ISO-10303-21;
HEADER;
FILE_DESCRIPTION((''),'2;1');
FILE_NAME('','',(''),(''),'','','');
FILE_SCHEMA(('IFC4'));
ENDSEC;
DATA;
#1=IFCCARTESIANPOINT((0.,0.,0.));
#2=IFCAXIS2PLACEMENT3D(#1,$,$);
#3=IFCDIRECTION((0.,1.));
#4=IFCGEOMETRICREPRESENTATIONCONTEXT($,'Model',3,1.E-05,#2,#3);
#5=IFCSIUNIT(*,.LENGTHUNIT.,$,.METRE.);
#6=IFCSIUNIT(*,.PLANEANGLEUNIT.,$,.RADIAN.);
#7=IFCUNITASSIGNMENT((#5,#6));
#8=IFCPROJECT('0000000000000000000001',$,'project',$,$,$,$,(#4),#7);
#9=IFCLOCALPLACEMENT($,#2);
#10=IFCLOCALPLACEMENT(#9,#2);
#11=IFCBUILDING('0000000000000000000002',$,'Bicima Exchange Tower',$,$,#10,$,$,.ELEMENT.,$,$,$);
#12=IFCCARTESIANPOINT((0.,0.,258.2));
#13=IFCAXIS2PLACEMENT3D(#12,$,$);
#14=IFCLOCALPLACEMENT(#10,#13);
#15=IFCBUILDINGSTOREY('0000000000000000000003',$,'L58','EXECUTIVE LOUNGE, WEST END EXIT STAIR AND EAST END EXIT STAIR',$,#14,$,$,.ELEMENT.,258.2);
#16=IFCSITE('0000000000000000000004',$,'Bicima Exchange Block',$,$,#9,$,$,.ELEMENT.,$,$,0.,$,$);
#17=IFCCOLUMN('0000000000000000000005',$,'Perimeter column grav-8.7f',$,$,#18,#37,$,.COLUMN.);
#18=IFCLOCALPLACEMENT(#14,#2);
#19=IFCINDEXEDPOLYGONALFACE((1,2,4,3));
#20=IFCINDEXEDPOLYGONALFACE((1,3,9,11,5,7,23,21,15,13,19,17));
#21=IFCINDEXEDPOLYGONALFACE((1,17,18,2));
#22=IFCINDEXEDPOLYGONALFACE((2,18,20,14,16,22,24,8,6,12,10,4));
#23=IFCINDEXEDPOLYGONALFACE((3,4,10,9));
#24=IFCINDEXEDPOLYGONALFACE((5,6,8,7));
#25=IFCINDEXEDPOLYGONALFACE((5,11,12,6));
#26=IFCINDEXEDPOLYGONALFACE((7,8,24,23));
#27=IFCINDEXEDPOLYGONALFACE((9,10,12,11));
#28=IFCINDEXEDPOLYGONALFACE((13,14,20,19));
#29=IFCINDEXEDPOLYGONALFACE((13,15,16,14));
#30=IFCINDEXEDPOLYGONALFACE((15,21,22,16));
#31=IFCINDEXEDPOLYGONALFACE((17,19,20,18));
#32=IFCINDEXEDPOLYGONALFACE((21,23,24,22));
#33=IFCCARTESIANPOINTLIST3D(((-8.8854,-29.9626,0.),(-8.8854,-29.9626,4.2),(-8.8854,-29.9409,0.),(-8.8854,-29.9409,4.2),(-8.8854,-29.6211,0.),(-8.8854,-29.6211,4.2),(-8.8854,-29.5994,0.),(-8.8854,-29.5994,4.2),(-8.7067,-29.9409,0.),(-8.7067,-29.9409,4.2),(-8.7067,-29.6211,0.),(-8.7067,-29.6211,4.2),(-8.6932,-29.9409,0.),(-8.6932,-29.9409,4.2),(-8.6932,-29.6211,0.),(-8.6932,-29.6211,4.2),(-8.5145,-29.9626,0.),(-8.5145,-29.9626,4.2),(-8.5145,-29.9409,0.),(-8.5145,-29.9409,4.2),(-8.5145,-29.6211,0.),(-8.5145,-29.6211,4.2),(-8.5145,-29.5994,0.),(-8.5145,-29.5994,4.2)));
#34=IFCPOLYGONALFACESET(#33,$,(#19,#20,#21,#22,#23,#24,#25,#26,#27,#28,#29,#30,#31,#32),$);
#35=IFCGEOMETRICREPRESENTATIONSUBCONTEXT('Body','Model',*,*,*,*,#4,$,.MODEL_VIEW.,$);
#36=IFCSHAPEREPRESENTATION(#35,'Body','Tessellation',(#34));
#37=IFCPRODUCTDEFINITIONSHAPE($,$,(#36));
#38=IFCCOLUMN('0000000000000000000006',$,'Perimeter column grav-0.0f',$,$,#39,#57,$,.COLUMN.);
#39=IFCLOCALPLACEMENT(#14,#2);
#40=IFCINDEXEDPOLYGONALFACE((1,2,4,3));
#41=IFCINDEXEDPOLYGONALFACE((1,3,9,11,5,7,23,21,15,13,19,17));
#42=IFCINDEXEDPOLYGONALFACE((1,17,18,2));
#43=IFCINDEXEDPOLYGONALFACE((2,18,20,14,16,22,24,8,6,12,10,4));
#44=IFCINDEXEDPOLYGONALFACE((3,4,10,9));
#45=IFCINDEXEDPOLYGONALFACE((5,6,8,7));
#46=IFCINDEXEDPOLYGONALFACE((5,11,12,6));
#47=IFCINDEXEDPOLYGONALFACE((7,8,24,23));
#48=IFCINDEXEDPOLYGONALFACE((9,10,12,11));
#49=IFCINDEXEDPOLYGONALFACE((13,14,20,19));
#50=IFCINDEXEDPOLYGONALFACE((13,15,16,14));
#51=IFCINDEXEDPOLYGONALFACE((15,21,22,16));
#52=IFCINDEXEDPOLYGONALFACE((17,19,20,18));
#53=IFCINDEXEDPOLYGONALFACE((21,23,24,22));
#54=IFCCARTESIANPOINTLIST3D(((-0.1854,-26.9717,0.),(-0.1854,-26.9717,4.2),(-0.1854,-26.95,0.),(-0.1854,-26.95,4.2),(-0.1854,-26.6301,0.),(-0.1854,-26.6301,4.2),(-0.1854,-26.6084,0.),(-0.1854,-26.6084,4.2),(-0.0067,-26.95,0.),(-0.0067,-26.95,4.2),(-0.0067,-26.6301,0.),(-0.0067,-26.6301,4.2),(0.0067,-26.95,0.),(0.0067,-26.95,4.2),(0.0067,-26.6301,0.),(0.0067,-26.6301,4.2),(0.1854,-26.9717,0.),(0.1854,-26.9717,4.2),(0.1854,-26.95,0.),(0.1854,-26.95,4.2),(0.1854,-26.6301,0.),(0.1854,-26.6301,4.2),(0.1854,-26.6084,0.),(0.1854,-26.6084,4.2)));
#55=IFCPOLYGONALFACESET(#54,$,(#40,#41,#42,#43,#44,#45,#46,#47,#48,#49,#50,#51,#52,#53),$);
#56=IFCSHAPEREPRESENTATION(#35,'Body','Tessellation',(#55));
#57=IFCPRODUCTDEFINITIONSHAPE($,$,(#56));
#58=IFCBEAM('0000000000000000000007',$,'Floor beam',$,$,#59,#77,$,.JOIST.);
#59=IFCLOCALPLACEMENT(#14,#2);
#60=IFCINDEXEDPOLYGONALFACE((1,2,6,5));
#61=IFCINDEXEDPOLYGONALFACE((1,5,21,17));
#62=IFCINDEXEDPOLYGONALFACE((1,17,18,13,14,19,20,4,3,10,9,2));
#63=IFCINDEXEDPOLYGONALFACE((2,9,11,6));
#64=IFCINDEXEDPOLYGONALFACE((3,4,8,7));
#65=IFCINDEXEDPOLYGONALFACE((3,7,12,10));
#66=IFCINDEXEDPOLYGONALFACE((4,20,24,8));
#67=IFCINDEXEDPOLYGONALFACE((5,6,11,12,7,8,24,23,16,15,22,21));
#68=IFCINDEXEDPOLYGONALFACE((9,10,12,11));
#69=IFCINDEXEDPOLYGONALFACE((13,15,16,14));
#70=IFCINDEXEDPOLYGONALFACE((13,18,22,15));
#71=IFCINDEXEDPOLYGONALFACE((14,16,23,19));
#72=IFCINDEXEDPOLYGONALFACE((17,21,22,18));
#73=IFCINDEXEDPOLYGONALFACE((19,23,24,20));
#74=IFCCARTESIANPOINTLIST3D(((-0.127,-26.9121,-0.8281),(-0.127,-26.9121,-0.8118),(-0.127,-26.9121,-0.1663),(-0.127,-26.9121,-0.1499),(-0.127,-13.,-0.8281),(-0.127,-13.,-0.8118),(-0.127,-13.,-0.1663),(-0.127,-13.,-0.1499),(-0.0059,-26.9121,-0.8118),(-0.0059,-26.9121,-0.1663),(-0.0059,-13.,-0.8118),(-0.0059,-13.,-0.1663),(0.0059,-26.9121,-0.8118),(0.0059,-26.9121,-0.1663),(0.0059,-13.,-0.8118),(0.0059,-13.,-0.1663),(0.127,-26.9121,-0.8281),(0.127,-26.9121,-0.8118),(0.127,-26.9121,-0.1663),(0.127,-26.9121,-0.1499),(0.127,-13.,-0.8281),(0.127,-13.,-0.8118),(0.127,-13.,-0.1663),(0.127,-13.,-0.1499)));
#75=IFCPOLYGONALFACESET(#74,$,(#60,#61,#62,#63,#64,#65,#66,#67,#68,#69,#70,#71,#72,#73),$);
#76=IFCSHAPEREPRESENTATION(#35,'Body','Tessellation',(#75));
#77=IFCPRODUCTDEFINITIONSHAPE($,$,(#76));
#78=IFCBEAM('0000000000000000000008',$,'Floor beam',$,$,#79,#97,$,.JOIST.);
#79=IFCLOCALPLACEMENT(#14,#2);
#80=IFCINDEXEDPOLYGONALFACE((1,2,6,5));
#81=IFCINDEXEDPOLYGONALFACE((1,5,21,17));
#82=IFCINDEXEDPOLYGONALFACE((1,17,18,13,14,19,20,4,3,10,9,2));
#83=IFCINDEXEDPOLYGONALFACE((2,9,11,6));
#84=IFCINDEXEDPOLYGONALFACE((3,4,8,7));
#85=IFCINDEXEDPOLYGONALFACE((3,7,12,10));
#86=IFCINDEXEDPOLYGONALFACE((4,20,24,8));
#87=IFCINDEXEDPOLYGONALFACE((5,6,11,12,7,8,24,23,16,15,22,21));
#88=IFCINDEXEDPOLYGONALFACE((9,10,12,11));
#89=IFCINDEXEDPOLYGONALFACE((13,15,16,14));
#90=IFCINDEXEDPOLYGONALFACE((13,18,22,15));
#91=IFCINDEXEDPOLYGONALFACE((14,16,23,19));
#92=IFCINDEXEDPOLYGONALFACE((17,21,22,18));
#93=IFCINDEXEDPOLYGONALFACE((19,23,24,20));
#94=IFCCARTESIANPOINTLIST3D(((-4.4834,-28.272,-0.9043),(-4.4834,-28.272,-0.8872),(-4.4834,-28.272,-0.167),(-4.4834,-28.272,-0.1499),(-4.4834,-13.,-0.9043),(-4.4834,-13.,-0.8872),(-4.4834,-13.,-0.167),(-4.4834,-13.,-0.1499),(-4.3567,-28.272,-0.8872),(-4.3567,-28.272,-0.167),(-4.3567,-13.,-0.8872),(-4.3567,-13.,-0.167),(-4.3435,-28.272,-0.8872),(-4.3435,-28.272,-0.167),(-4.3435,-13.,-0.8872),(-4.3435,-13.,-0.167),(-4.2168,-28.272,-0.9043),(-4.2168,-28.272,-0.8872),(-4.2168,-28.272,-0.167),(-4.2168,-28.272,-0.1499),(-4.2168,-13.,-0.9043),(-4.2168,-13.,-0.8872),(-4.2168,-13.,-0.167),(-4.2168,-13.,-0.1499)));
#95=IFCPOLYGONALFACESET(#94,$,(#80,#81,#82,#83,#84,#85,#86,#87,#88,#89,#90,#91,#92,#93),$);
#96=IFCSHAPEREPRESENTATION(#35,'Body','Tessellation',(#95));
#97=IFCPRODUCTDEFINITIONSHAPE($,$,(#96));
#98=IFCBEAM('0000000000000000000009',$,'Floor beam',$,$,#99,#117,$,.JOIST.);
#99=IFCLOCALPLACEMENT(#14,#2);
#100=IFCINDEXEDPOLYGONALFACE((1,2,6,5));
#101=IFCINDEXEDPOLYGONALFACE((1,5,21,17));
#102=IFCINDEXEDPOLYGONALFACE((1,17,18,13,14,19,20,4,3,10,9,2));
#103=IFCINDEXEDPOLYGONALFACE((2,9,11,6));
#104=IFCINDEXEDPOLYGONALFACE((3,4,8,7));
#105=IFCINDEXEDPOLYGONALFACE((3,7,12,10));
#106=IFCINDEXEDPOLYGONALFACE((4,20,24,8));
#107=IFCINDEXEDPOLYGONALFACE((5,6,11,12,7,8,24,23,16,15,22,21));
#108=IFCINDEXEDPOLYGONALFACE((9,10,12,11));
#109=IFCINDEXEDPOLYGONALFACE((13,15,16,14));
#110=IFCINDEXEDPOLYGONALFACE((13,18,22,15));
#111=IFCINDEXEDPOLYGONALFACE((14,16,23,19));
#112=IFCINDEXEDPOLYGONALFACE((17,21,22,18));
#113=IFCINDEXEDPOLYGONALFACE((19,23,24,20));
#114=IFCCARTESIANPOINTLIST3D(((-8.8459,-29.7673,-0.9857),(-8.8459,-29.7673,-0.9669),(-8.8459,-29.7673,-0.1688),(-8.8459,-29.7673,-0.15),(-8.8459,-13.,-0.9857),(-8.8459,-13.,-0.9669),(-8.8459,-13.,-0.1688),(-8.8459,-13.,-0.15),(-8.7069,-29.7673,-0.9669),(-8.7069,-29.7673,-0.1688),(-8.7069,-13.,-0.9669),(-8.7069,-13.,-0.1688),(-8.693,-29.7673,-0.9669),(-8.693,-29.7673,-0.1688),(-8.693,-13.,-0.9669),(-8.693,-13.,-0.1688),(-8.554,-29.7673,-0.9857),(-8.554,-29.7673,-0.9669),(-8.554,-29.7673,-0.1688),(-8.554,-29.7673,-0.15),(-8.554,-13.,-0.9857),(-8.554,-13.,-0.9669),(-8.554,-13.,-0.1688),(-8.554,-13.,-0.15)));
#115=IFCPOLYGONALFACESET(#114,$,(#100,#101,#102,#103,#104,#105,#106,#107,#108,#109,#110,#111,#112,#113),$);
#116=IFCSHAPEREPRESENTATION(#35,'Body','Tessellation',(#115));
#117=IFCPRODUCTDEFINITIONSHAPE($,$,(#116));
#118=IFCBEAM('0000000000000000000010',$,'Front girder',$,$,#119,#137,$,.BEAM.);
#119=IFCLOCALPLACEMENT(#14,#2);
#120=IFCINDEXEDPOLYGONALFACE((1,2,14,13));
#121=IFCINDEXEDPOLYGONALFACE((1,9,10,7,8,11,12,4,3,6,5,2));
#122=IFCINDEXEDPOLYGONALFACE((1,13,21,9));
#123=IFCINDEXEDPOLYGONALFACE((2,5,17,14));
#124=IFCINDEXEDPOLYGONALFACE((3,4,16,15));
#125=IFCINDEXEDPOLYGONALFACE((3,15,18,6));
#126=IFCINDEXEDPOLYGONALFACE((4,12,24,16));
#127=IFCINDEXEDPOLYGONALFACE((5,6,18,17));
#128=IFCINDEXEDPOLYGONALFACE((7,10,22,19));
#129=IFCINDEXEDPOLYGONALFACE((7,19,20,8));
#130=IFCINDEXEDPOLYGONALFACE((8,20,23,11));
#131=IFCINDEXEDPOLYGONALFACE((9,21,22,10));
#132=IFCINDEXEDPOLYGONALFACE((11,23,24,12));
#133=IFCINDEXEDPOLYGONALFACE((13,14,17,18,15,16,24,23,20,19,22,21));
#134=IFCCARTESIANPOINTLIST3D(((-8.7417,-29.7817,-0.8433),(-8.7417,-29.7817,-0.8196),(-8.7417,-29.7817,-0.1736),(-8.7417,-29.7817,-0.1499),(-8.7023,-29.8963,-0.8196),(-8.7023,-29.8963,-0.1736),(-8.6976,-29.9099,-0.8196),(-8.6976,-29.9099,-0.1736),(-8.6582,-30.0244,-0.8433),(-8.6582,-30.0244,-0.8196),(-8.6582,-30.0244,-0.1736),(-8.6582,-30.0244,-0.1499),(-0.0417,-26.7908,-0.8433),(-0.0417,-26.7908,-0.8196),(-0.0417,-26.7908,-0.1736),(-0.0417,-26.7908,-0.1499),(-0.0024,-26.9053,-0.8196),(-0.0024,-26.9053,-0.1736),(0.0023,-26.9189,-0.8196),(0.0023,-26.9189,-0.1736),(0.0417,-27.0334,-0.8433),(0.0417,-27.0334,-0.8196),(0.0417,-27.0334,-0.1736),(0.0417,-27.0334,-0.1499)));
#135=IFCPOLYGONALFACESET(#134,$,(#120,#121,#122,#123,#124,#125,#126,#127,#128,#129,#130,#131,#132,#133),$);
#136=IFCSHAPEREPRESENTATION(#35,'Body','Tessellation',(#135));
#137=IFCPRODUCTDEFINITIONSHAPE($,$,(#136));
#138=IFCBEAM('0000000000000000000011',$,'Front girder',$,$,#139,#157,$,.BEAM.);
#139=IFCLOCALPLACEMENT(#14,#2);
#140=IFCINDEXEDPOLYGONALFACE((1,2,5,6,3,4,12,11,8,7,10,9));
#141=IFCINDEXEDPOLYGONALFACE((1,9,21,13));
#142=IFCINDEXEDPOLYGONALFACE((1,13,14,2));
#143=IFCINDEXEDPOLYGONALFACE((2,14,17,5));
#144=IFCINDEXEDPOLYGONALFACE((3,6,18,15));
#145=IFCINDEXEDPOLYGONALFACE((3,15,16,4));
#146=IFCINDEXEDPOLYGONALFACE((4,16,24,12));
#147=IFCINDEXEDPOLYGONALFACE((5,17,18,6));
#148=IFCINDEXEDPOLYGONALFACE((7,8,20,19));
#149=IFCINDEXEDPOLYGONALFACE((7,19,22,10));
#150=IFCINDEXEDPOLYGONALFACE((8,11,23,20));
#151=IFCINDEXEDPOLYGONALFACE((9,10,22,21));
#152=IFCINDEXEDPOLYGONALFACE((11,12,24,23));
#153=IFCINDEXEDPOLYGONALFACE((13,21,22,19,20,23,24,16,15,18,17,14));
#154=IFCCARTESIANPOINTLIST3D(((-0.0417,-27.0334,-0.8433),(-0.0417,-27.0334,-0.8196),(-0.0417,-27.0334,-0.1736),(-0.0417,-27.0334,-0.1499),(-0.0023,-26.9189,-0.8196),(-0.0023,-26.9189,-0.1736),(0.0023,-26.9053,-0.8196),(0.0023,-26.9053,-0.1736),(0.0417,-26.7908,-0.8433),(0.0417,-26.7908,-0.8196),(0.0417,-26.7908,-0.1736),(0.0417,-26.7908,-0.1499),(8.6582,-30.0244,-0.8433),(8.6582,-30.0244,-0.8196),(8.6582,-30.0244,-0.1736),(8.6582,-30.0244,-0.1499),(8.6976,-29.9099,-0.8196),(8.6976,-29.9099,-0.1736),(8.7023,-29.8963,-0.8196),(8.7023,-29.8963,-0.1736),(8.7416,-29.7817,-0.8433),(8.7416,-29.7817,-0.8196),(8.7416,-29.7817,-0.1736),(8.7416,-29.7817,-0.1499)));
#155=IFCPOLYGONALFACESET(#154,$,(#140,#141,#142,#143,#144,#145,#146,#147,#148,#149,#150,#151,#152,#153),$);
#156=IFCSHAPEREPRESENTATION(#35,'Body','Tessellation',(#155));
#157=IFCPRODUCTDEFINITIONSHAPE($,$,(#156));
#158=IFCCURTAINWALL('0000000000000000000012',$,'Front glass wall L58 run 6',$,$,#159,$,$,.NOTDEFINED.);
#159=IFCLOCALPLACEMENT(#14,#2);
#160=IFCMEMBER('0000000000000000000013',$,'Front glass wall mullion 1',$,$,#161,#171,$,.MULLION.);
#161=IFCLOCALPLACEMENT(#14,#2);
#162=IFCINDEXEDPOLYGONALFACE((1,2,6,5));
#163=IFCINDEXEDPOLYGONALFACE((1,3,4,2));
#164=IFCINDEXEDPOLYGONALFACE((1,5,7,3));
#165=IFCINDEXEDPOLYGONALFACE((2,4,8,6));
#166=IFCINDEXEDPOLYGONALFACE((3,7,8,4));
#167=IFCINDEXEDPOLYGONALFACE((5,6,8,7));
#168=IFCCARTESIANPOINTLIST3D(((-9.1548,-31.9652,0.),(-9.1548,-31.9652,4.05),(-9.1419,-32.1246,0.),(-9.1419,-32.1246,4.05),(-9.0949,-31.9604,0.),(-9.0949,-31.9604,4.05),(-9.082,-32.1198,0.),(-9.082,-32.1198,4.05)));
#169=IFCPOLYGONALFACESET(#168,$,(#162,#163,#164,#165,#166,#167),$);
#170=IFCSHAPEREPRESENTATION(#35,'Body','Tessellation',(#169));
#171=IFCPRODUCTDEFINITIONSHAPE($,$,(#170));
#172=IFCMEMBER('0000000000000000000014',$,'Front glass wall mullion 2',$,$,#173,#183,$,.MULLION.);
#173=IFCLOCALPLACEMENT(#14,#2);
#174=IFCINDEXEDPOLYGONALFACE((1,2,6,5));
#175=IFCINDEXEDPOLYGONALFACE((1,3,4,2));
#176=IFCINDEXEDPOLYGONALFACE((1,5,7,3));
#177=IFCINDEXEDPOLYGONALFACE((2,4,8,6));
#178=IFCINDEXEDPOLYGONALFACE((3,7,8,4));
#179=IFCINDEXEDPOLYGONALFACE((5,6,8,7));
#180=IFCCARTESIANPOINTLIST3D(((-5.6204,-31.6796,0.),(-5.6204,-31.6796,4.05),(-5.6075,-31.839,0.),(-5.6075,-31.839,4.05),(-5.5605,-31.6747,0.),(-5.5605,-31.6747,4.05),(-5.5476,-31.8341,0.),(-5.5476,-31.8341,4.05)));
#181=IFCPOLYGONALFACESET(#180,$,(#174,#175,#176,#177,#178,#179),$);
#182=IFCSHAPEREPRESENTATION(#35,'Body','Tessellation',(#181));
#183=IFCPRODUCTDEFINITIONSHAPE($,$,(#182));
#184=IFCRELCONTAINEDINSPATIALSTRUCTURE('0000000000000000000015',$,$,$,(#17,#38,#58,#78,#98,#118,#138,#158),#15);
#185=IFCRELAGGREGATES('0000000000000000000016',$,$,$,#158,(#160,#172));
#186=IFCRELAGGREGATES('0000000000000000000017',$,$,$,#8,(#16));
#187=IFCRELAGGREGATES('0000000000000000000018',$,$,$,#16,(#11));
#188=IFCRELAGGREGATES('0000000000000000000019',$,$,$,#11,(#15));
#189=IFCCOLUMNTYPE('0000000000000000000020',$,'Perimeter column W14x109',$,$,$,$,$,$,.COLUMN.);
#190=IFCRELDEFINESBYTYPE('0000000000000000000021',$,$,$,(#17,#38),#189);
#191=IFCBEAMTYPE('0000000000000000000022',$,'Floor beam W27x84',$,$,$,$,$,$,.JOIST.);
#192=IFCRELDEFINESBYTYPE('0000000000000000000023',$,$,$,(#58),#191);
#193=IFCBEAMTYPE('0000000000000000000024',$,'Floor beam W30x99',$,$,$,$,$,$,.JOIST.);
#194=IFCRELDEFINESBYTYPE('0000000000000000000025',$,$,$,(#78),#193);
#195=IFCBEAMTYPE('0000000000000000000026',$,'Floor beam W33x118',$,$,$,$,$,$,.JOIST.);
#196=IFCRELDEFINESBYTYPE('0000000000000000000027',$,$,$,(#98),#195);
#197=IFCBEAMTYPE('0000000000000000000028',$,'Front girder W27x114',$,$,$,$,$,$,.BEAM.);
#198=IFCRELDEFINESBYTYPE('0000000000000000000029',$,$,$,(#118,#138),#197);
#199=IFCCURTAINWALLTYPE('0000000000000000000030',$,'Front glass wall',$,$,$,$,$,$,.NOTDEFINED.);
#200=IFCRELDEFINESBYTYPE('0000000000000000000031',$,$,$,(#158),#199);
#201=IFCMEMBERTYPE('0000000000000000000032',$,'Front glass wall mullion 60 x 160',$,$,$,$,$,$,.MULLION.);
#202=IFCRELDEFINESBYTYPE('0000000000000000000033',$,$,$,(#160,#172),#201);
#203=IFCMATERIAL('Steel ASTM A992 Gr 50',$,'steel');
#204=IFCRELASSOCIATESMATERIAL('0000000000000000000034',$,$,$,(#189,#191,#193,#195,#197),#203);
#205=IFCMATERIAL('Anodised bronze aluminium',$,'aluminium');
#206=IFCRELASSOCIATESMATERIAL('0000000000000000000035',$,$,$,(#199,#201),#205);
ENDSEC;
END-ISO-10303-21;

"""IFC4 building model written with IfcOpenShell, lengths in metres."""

from ifc_helpers import new_model, si_unit, direction, frame, origin, origin_2d, place, context, subcontext, project, spatial, rectangle, i_section, extrude, material, material_profile, profile_set, type_object, element, aggregate, save


model = new_model("IFC4")

# Units and contexts
model_context = context("Model", 3, precision=1e-05, world=origin(), true_north=direction((0.0, 1.0)))
body_context = subcontext(model_context, "Body", "Model", "MODEL_VIEW")
ifc_project = project(units=[si_unit("LENGTHUNIT", "METRE"), si_unit("PLANEANGLEUNIT", "RADIAN")], contexts=[model_context])

# Site, building, storey
site_placement = place(None, origin())
site = spatial("IfcSite", under=ifc_project, at=site_placement, Name="Bicima Exchange Block", CompositionType="ELEMENT", RefElevation=0.0)
building_placement = place(site_placement, origin())
building = spatial("IfcBuilding", under=site, at=building_placement, Name="Bicima Exchange Tower", CompositionType="ELEMENT")
storey_placement = place(building_placement, frame((0.0, 0.0, 258.2)))
storey = spatial("IfcBuildingStorey", under=building, at=storey_placement, Name="L58", Description="EXECUTIVE LOUNGE, WEST END EXIT STAIR AND EAST END EXIT STAIR", CompositionType="ELEMENT", Elevation=258.2)

# Columns
ifc_material_1 = material(Name="Steel ASTM A992 Gr 50", Category="steel")
ifc_material_profile_1 = material_profile(ifc_material_1, i_section(OverallWidth=0.3708, OverallDepth=0.3633, WebThickness=0.0134, FlangeThickness=0.0217, at=origin_2d()))
ifc_profile_set_1 = profile_set([ifc_material_profile_1], Name="Steel ASTM A992 Gr 50")
column_type = type_object("IfcColumnType", Name="Perimeter column W14x109", PredefinedType="COLUMN", material=ifc_profile_set_1)
for number, where, z_axis, x_axis, name in (
    (1, (-8.7, -29.781, 0.0), (0.0, 0.0, 1.0), (1.0, 0.0, 0.0), "Perimeter column grav-8.7f"),
    (2, (0.0, -26.79, 0.0), (0.0, 0.0, 1.0), (1.0, 0.0, 0.0), "Perimeter column grav-0.0f"),
):
    element("IfcColumn", number, at=place(storey_placement, frame(where, z_axis=z_axis, x_axis=x_axis)), inside=storey, type_object=column_type, Name=name, PredefinedType="COLUMN", context=body_context, shape_type="SweptSolid", body=[
        extrude(i_section(OverallWidth=0.3708, OverallDepth=0.3633, WebThickness=0.0134, FlangeThickness=0.0217, at=origin_2d()), origin(), (0.0, 0.0, 1.0), 4.2),
    ])

# Beams
ifc_material_profile_2 = material_profile(ifc_material_1, i_section(OverallWidth=0.2539, OverallDepth=0.6782, WebThickness=0.0117, FlangeThickness=0.0164, at=origin_2d()))
ifc_profile_set_2 = profile_set([ifc_material_profile_2], Name="Steel ASTM A992 Gr 50")
beam_type_1 = type_object("IfcBeamType", Name="Floor beam W27x84", PredefinedType="JOIST", material=ifc_profile_set_2)
beam_1_placement = place(storey_placement, frame((0.0, -13.0, -0.489), z_axis=(0.0, -1.0, 0.0), x_axis=(1.0, 0.0, 0.0)))
element("IfcBeam", 3, at=beam_1_placement, inside=storey, type_object=beam_type_1, Name="Floor beam", PredefinedType="JOIST", context=body_context, shape_type="SweptSolid", body=[
    extrude(i_section(OverallWidth=0.2539, OverallDepth=0.6782, WebThickness=0.0117, FlangeThickness=0.0164, at=origin_2d()), origin(), (0.0, 0.0, 1.0), 13.9121),
])
ifc_material_profile_3 = material_profile(ifc_material_1, i_section(OverallWidth=0.2666, OverallDepth=0.7544, WebThickness=0.0132, FlangeThickness=0.0171, at=origin_2d()))
ifc_profile_set_3 = profile_set([ifc_material_profile_3], Name="Steel ASTM A992 Gr 50")
beam_type_2 = type_object("IfcBeamType", Name="Floor beam W30x99", PredefinedType="JOIST", material=ifc_profile_set_3)
beam_2_placement = place(storey_placement, frame((-4.3501, -13.0, -0.5271), z_axis=(0.0, -1.0, 0.0), x_axis=(1.0, 0.0, 0.0)))
element("IfcBeam", 4, at=beam_2_placement, inside=storey, type_object=beam_type_2, Name="Floor beam", PredefinedType="JOIST", context=body_context, shape_type="SweptSolid", body=[
    extrude(i_section(OverallWidth=0.2666, OverallDepth=0.7544, WebThickness=0.0132, FlangeThickness=0.0171, at=origin_2d()), origin(), (0.0, 0.0, 1.0), 15.272),
])
ifc_material_profile_4 = material_profile(ifc_material_1, i_section(OverallWidth=0.292, OverallDepth=0.8357, WebThickness=0.0139, FlangeThickness=0.0188, at=origin_2d()))
ifc_profile_set_4 = profile_set([ifc_material_profile_4], Name="Steel ASTM A992 Gr 50")
beam_type_3 = type_object("IfcBeamType", Name="Floor beam W33x118", PredefinedType="JOIST", material=ifc_profile_set_4)
beam_3_placement = place(storey_placement, frame((-8.7, -13.0, -0.5679), z_axis=(0.0, -1.0, 0.0), x_axis=(1.0, 0.0, 0.0)))
element("IfcBeam", 5, at=beam_3_placement, inside=storey, type_object=beam_type_3, Name="Floor beam", PredefinedType="JOIST", context=body_context, shape_type="SweptSolid", body=[
    extrude(i_section(OverallWidth=0.292, OverallDepth=0.8357, WebThickness=0.0139, FlangeThickness=0.0188, at=origin_2d()), origin(), (0.0, 0.0, 1.0), 16.7673),
])
ifc_material_profile_5 = material_profile(ifc_material_1, i_section(OverallWidth=0.2566, OverallDepth=0.6934, WebThickness=0.0144, FlangeThickness=0.0237, at=origin_2d()))
ifc_profile_set_5 = profile_set([ifc_material_profile_5], Name="Steel ASTM A992 Gr 50")
beam_type_4 = type_object("IfcBeamType", Name="Front girder W27x114", PredefinedType="BEAM", material=ifc_profile_set_5)
for number, where, z_axis, x_axis, name in (
    (6, (-8.7, -29.9031, -0.4966), (0.945675, 0.325115, 0.0), (-0.325115, 0.945675, 0.0), "Front girder"),
    (7, (0.0, -26.9121, -0.4966), (0.945675, -0.325115, 0.0), (0.325115, 0.945675, 0.0), "Front girder"),
):
    element("IfcBeam", number, at=place(storey_placement, frame(where, z_axis=z_axis, x_axis=x_axis)), inside=storey, type_object=beam_type_4, Name=name, PredefinedType="BEAM", context=body_context, shape_type="SweptSolid", body=[
        extrude(i_section(OverallWidth=0.2566, OverallDepth=0.6934, WebThickness=0.0144, FlangeThickness=0.0237, at=origin_2d()), origin(), (0.0, 0.0, 1.0), 9.1997),
    ])

# Curtain wall, members
ifc_material_2 = material(Name="Anodised bronze aluminium", Category="aluminium")
curtain_wall_type = type_object("IfcCurtainWallType", Name="Front glass wall", PredefinedType="NOTDEFINED", material=ifc_material_2)
curtain_wall_placement = place(storey_placement, origin())
curtain_wall = element("IfcCurtainWall", 8, at=curtain_wall_placement, inside=storey, type_object=curtain_wall_type, Name="Front glass wall L58 run 6", PredefinedType="NOTDEFINED")
ifc_material_profile_6 = material_profile(ifc_material_2, rectangle(XDim=0.1599, YDim=0.0601, at=origin_2d()))
ifc_profile_set_6 = profile_set([ifc_material_profile_6], Name="Anodised bronze aluminium")
member_type_1 = type_object("IfcMemberType", Name="Front glass wall mullion 60 x 160", PredefinedType="MULLION", material=ifc_profile_set_6)
member_1_placement = place(storey_placement, frame((-9.1184, -32.0425, 0.0), z_axis=(0.0, 0.0, 1.0), x_axis=(-0.080589, 0.996747, 0.0)))
member_1 = element("IfcMember", 9, at=member_1_placement, type_object=member_type_1, Name="Front glass wall mullion 1", PredefinedType="MULLION", context=body_context, shape_type="SweptSolid", body=[
    extrude(rectangle(XDim=0.1599, YDim=0.0601, at=origin_2d()), origin(), (0.0, 0.0, 1.0), 4.05),
])
member_2_placement = place(storey_placement, frame((-5.584, -31.7568, 0.0), z_axis=(0.0, 0.0, 1.0), x_axis=(-0.080589, 0.996747, 0.0)))
member_2 = element("IfcMember", 10, at=member_2_placement, type_object=member_type_1, Name="Front glass wall mullion 2", PredefinedType="MULLION", context=body_context, shape_type="SweptSolid", body=[
    extrude(rectangle(XDim=0.1599, YDim=0.0601, at=origin_2d()), origin(), (0.0, 0.0, 1.0), 4.05),
])
aggregate(curtain_wall, [member_1, member_2])

save(model, "model.ifc")
